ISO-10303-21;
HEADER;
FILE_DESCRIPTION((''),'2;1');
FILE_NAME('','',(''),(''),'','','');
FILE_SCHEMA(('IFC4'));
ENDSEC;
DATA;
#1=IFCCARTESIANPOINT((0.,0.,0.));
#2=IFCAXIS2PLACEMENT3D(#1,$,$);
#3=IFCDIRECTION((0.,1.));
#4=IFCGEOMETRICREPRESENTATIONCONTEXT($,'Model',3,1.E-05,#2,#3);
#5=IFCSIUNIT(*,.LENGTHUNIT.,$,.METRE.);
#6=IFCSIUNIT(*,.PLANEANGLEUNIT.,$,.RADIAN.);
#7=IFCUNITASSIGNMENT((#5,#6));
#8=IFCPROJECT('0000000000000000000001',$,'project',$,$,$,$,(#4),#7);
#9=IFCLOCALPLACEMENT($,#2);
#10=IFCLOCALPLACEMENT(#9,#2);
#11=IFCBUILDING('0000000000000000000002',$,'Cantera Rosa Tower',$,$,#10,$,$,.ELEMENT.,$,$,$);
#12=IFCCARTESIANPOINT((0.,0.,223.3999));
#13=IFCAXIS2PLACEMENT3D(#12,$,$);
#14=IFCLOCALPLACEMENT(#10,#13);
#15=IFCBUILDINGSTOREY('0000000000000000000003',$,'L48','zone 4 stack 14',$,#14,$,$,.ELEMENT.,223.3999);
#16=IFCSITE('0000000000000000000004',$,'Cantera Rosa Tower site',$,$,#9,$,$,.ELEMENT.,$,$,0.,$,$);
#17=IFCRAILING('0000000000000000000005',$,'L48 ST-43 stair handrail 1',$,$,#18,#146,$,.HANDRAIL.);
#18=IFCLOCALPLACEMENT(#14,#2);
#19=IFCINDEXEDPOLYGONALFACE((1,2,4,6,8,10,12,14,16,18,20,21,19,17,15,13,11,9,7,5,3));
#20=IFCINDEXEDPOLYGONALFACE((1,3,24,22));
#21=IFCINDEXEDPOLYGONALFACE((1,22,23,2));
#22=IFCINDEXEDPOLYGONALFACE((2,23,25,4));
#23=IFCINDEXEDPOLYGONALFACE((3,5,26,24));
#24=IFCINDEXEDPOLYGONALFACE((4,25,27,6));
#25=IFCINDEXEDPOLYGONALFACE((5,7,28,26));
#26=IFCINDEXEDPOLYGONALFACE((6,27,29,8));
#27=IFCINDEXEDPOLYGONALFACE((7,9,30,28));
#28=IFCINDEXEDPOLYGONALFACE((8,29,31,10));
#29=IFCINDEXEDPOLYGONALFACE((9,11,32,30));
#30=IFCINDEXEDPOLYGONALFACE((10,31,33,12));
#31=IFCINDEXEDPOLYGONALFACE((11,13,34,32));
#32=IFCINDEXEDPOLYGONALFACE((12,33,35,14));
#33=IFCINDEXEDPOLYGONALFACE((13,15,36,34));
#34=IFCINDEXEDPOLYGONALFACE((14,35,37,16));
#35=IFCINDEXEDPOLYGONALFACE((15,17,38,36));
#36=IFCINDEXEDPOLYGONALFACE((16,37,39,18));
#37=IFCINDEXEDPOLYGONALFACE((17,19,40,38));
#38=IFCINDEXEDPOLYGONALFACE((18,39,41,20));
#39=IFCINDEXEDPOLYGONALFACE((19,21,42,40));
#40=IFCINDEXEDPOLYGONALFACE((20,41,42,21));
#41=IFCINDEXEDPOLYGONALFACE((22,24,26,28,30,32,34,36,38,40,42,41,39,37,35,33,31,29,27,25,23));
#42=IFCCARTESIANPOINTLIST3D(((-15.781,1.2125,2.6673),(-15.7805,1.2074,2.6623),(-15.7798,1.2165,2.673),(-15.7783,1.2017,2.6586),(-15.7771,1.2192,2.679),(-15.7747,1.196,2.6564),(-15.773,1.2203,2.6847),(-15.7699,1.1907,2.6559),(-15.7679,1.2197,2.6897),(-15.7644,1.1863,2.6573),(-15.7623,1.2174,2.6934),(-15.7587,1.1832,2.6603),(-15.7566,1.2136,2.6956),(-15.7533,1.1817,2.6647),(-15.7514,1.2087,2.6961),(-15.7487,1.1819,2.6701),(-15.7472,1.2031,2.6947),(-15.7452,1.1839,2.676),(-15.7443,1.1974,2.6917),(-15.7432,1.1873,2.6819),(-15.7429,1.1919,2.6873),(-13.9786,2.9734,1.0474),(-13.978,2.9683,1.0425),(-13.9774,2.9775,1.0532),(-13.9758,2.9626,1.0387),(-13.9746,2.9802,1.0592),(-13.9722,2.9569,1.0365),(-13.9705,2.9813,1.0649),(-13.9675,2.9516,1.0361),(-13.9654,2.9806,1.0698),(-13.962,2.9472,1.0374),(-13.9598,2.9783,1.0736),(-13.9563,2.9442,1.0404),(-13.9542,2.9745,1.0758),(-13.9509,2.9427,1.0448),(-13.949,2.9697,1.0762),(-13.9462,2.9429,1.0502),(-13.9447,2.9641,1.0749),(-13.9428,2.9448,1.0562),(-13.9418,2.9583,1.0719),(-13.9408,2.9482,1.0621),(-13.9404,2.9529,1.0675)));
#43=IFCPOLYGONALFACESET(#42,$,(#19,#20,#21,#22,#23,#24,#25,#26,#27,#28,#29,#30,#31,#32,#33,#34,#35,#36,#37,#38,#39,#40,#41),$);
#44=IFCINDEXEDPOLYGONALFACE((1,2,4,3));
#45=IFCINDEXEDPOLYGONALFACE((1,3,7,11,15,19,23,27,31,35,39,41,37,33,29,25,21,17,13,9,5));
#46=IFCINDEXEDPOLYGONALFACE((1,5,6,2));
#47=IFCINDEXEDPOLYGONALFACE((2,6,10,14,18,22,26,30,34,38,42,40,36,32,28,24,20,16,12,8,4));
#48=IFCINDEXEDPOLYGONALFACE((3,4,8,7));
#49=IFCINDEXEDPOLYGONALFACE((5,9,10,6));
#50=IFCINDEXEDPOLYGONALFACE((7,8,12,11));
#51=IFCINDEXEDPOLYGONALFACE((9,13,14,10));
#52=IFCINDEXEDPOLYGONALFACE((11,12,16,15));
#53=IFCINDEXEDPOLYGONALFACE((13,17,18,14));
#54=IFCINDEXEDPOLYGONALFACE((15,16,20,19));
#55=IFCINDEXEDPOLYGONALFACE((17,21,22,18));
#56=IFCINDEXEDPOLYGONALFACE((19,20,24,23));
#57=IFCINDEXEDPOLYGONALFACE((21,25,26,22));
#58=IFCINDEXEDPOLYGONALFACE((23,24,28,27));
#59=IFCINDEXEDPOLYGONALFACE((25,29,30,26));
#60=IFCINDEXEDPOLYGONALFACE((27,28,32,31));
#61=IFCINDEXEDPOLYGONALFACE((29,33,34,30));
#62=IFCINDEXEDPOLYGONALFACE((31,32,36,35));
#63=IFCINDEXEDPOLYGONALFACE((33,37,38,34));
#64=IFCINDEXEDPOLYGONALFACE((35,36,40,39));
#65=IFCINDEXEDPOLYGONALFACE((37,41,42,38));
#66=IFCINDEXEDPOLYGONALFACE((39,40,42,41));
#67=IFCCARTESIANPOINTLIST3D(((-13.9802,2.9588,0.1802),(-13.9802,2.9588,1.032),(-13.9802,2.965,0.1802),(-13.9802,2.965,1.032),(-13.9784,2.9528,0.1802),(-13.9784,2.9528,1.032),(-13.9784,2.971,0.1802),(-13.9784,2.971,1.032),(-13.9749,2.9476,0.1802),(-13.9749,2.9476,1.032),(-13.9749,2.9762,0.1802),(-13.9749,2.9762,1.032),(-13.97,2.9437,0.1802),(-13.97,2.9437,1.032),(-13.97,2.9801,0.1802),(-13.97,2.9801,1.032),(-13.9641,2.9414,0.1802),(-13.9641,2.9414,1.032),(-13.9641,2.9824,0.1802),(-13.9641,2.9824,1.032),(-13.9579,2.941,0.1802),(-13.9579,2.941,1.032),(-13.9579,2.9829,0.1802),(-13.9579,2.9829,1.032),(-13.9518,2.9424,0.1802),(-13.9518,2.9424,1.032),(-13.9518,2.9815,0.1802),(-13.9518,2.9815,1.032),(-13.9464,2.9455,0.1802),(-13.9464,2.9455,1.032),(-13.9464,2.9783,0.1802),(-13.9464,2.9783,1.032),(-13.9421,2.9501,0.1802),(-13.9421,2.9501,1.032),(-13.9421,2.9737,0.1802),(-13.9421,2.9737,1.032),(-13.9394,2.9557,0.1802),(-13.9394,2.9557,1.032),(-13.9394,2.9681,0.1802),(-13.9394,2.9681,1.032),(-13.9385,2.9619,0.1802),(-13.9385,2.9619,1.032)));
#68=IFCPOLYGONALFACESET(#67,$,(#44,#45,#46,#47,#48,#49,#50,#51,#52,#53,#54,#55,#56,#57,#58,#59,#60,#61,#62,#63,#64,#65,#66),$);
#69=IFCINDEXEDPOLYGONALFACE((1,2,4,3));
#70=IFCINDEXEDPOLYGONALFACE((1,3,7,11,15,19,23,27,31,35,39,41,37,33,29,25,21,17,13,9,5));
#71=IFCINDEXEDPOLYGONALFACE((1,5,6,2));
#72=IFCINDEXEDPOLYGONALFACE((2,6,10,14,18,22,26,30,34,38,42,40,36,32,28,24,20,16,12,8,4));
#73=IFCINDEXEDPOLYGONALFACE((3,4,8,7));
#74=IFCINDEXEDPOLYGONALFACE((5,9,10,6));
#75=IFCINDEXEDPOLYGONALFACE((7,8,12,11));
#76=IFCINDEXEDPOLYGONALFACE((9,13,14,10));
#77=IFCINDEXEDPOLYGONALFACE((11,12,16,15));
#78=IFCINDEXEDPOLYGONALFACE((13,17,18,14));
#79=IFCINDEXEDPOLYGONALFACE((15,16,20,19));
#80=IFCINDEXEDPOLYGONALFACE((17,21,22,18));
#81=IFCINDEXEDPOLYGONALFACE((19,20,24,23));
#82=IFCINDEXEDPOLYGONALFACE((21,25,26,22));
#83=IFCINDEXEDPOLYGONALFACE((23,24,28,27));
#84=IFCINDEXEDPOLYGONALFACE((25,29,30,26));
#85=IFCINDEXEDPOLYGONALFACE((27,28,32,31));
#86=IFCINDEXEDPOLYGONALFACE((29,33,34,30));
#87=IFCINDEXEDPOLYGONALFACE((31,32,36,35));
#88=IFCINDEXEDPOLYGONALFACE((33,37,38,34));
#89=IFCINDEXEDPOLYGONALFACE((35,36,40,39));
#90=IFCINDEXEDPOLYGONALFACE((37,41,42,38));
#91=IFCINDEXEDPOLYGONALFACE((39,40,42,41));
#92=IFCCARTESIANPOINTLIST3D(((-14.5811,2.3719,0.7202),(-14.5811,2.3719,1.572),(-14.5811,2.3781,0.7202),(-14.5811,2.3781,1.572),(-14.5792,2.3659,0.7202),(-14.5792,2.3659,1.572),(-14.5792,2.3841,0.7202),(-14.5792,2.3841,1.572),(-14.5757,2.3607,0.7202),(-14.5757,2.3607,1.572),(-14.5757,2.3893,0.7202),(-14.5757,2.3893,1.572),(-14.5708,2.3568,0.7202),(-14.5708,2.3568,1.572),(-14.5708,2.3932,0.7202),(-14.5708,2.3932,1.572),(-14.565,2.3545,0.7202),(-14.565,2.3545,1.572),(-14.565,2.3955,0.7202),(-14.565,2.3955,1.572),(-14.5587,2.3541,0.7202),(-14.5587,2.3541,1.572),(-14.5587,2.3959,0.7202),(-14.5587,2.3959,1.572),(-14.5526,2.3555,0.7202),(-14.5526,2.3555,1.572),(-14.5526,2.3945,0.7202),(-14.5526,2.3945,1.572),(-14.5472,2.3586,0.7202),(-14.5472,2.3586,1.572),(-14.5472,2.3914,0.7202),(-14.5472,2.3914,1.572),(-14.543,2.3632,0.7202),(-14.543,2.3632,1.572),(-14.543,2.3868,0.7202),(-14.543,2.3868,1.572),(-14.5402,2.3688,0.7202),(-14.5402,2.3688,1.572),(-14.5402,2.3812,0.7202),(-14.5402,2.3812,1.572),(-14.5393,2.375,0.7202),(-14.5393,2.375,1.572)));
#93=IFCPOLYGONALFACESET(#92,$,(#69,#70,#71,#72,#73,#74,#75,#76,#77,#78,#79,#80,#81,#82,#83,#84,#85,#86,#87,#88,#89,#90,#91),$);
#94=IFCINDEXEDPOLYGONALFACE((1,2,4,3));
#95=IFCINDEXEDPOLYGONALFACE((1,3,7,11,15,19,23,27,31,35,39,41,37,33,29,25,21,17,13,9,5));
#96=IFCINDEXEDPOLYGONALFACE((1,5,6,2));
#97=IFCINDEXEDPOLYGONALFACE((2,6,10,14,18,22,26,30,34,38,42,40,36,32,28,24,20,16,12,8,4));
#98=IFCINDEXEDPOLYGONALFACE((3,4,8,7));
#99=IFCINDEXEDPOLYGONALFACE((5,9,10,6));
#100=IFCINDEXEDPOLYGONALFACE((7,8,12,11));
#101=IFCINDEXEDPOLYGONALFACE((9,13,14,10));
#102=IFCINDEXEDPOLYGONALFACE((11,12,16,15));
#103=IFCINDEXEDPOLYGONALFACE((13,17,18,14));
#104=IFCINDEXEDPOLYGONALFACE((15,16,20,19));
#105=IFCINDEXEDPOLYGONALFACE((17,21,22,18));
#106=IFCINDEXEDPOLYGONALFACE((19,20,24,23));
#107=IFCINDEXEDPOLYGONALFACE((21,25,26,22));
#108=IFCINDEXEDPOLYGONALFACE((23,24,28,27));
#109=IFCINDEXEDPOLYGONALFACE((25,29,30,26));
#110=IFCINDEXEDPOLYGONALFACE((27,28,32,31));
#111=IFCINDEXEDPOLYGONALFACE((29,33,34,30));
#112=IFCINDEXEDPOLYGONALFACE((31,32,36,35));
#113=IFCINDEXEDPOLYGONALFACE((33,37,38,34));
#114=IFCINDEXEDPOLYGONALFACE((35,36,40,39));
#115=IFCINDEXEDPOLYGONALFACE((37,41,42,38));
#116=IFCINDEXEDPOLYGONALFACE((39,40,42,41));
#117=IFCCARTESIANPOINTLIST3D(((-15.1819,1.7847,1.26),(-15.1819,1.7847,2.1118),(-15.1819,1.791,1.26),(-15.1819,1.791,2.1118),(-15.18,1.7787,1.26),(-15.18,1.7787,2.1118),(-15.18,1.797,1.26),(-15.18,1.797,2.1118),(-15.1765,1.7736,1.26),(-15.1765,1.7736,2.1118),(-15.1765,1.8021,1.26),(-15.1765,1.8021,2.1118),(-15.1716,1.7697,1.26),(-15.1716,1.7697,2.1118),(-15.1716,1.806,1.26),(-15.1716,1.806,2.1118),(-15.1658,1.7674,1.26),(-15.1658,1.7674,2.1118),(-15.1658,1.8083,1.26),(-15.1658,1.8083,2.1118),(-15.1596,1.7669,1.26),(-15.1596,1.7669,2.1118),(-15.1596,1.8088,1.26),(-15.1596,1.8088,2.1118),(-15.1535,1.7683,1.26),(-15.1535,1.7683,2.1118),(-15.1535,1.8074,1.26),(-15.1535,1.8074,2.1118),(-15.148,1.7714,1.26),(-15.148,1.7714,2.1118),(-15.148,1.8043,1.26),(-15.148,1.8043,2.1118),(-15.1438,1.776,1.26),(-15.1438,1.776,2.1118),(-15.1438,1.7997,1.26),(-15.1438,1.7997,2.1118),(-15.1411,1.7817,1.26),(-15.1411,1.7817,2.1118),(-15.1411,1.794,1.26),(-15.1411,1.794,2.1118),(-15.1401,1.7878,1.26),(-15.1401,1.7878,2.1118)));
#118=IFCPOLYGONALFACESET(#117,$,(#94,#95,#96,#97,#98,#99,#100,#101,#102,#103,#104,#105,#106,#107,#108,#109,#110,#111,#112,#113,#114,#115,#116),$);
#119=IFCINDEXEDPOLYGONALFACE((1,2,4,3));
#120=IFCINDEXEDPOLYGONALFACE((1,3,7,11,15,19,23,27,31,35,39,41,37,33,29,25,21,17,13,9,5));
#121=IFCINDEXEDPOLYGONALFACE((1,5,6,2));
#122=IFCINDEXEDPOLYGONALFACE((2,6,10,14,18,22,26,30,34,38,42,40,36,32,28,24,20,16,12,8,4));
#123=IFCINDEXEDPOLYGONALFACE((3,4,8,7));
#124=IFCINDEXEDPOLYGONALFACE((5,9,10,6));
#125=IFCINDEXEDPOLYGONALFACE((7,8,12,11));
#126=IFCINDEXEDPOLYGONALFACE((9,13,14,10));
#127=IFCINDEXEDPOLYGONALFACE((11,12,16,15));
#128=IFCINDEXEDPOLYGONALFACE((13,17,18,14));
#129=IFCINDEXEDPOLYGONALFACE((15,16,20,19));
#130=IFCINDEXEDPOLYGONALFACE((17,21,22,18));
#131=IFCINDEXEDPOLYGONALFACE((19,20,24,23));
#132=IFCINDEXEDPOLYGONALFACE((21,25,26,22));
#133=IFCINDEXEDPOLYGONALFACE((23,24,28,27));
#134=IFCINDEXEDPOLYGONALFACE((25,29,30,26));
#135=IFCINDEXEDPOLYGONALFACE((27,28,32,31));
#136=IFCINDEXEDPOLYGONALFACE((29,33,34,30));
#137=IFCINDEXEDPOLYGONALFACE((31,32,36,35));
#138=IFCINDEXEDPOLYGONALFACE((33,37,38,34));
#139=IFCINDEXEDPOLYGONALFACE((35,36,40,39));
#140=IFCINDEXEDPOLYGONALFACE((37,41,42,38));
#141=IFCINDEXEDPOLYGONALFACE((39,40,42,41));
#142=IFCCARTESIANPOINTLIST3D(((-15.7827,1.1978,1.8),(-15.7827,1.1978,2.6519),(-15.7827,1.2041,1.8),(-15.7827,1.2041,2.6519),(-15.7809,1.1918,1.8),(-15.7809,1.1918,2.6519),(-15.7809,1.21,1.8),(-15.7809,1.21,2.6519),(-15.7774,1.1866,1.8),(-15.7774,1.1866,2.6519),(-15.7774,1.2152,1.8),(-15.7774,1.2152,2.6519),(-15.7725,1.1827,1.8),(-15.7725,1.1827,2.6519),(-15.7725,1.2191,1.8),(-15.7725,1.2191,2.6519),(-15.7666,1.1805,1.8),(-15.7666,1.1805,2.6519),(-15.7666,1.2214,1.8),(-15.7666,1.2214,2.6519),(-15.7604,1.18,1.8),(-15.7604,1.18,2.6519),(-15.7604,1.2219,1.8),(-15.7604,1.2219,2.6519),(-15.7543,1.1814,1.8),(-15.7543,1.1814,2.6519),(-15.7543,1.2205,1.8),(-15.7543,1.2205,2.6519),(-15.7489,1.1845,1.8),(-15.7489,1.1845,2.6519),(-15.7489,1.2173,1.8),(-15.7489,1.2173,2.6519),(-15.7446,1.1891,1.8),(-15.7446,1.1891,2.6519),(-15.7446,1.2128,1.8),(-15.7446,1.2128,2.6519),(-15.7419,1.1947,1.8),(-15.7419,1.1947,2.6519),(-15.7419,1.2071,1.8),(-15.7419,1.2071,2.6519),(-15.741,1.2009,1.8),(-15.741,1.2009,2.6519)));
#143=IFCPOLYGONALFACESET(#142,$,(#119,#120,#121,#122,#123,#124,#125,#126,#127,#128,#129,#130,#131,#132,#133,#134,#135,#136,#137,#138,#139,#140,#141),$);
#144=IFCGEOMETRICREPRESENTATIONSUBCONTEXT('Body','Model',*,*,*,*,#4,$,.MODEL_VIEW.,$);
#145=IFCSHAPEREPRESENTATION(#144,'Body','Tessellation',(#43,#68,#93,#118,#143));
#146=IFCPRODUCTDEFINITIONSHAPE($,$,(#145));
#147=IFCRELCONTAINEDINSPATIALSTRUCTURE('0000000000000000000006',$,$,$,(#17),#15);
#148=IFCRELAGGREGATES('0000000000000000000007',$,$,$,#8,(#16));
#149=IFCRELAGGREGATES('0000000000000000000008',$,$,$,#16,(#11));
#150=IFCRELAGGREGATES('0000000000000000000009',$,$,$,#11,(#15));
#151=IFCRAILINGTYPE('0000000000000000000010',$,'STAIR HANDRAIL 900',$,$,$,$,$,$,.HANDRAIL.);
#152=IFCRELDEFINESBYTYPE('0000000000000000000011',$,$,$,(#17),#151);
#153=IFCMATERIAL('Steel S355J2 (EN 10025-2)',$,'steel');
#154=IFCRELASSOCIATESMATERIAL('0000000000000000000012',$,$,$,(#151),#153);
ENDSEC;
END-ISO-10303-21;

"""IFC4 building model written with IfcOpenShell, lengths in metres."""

from ifc_helpers import new_model, si_unit, direction, frame, origin, origin_2d, place, context, subcontext, project, spatial, circle, extrude, material, type_object, element, save


model = new_model("IFC4")

# Units and contexts
model_context = context("Model", 3, precision=1e-05, world=origin(), true_north=direction((0.0, 1.0)))
body_context = subcontext(model_context, "Body", "Model", "MODEL_VIEW")
ifc_project = project(units=[si_unit("LENGTHUNIT", "METRE"), si_unit("PLANEANGLEUNIT", "RADIAN")], contexts=[model_context])

# Site, building, storey
site_placement = place(None, origin())
site = spatial("IfcSite", under=ifc_project, at=site_placement, Name="Cantera Rosa Tower site", CompositionType="ELEMENT", RefElevation=0.0)
building_placement = place(site_placement, origin())
building = spatial("IfcBuilding", under=site, at=building_placement, Name="Cantera Rosa Tower", CompositionType="ELEMENT")
storey_placement = place(building_placement, frame((0.0, 0.0, 223.3999)))
storey = spatial("IfcBuildingStorey", under=building, at=storey_placement, Name="L48", Description="zone 4 stack 14", CompositionType="ELEMENT", Elevation=223.3999)

# Railing
ifc_material_1 = material(Name="Steel S355J2 (EN 10025-2)", Category="steel")
railing_type_1 = type_object("IfcRailingType", Name="STAIR HANDRAIL 900", PredefinedType="HANDRAIL", material=ifc_material_1)
railing_1_placement = place(storey_placement, frame((-13.9595, 2.9619, 0.1802)))
element("IfcRailing", 1, at=railing_1_placement, inside=storey, type_object=railing_type_1, Name="L48 ST-43 stair handrail 1", PredefinedType="HANDRAIL", context=body_context, shape_type="SweptSolid", body=[
    extrude(circle(Radius=0.0239, at=origin_2d()), frame((0.0, 0.0, 0.876), z_axis=(-0.601699, -0.587844, 0.540738), x_axis=(0.698824, -0.715294, 0.0)), (0.0, 0.0, 1.0), 2.9956),
    extrude(circle(Radius=0.021, at=origin_2d()), origin(), (0.0, 0.0, 1.0), 0.8518),
    extrude(circle(Radius=0.021, at=origin_2d()), frame((-0.6008, -0.5869, 0.54)), (0.0, 0.0, 1.0), 0.8518),
    extrude(circle(Radius=0.021, at=origin_2d()), frame((-1.2017, -1.1741, 1.0798)), (0.0, 0.0, 1.0), 0.8518),
    extrude(circle(Radius=0.021, at=origin_2d()), frame((-1.8025, -1.761, 1.6199)), (0.0, 0.0, 1.0), 0.8518),
])

save(model, "model.ifc")
